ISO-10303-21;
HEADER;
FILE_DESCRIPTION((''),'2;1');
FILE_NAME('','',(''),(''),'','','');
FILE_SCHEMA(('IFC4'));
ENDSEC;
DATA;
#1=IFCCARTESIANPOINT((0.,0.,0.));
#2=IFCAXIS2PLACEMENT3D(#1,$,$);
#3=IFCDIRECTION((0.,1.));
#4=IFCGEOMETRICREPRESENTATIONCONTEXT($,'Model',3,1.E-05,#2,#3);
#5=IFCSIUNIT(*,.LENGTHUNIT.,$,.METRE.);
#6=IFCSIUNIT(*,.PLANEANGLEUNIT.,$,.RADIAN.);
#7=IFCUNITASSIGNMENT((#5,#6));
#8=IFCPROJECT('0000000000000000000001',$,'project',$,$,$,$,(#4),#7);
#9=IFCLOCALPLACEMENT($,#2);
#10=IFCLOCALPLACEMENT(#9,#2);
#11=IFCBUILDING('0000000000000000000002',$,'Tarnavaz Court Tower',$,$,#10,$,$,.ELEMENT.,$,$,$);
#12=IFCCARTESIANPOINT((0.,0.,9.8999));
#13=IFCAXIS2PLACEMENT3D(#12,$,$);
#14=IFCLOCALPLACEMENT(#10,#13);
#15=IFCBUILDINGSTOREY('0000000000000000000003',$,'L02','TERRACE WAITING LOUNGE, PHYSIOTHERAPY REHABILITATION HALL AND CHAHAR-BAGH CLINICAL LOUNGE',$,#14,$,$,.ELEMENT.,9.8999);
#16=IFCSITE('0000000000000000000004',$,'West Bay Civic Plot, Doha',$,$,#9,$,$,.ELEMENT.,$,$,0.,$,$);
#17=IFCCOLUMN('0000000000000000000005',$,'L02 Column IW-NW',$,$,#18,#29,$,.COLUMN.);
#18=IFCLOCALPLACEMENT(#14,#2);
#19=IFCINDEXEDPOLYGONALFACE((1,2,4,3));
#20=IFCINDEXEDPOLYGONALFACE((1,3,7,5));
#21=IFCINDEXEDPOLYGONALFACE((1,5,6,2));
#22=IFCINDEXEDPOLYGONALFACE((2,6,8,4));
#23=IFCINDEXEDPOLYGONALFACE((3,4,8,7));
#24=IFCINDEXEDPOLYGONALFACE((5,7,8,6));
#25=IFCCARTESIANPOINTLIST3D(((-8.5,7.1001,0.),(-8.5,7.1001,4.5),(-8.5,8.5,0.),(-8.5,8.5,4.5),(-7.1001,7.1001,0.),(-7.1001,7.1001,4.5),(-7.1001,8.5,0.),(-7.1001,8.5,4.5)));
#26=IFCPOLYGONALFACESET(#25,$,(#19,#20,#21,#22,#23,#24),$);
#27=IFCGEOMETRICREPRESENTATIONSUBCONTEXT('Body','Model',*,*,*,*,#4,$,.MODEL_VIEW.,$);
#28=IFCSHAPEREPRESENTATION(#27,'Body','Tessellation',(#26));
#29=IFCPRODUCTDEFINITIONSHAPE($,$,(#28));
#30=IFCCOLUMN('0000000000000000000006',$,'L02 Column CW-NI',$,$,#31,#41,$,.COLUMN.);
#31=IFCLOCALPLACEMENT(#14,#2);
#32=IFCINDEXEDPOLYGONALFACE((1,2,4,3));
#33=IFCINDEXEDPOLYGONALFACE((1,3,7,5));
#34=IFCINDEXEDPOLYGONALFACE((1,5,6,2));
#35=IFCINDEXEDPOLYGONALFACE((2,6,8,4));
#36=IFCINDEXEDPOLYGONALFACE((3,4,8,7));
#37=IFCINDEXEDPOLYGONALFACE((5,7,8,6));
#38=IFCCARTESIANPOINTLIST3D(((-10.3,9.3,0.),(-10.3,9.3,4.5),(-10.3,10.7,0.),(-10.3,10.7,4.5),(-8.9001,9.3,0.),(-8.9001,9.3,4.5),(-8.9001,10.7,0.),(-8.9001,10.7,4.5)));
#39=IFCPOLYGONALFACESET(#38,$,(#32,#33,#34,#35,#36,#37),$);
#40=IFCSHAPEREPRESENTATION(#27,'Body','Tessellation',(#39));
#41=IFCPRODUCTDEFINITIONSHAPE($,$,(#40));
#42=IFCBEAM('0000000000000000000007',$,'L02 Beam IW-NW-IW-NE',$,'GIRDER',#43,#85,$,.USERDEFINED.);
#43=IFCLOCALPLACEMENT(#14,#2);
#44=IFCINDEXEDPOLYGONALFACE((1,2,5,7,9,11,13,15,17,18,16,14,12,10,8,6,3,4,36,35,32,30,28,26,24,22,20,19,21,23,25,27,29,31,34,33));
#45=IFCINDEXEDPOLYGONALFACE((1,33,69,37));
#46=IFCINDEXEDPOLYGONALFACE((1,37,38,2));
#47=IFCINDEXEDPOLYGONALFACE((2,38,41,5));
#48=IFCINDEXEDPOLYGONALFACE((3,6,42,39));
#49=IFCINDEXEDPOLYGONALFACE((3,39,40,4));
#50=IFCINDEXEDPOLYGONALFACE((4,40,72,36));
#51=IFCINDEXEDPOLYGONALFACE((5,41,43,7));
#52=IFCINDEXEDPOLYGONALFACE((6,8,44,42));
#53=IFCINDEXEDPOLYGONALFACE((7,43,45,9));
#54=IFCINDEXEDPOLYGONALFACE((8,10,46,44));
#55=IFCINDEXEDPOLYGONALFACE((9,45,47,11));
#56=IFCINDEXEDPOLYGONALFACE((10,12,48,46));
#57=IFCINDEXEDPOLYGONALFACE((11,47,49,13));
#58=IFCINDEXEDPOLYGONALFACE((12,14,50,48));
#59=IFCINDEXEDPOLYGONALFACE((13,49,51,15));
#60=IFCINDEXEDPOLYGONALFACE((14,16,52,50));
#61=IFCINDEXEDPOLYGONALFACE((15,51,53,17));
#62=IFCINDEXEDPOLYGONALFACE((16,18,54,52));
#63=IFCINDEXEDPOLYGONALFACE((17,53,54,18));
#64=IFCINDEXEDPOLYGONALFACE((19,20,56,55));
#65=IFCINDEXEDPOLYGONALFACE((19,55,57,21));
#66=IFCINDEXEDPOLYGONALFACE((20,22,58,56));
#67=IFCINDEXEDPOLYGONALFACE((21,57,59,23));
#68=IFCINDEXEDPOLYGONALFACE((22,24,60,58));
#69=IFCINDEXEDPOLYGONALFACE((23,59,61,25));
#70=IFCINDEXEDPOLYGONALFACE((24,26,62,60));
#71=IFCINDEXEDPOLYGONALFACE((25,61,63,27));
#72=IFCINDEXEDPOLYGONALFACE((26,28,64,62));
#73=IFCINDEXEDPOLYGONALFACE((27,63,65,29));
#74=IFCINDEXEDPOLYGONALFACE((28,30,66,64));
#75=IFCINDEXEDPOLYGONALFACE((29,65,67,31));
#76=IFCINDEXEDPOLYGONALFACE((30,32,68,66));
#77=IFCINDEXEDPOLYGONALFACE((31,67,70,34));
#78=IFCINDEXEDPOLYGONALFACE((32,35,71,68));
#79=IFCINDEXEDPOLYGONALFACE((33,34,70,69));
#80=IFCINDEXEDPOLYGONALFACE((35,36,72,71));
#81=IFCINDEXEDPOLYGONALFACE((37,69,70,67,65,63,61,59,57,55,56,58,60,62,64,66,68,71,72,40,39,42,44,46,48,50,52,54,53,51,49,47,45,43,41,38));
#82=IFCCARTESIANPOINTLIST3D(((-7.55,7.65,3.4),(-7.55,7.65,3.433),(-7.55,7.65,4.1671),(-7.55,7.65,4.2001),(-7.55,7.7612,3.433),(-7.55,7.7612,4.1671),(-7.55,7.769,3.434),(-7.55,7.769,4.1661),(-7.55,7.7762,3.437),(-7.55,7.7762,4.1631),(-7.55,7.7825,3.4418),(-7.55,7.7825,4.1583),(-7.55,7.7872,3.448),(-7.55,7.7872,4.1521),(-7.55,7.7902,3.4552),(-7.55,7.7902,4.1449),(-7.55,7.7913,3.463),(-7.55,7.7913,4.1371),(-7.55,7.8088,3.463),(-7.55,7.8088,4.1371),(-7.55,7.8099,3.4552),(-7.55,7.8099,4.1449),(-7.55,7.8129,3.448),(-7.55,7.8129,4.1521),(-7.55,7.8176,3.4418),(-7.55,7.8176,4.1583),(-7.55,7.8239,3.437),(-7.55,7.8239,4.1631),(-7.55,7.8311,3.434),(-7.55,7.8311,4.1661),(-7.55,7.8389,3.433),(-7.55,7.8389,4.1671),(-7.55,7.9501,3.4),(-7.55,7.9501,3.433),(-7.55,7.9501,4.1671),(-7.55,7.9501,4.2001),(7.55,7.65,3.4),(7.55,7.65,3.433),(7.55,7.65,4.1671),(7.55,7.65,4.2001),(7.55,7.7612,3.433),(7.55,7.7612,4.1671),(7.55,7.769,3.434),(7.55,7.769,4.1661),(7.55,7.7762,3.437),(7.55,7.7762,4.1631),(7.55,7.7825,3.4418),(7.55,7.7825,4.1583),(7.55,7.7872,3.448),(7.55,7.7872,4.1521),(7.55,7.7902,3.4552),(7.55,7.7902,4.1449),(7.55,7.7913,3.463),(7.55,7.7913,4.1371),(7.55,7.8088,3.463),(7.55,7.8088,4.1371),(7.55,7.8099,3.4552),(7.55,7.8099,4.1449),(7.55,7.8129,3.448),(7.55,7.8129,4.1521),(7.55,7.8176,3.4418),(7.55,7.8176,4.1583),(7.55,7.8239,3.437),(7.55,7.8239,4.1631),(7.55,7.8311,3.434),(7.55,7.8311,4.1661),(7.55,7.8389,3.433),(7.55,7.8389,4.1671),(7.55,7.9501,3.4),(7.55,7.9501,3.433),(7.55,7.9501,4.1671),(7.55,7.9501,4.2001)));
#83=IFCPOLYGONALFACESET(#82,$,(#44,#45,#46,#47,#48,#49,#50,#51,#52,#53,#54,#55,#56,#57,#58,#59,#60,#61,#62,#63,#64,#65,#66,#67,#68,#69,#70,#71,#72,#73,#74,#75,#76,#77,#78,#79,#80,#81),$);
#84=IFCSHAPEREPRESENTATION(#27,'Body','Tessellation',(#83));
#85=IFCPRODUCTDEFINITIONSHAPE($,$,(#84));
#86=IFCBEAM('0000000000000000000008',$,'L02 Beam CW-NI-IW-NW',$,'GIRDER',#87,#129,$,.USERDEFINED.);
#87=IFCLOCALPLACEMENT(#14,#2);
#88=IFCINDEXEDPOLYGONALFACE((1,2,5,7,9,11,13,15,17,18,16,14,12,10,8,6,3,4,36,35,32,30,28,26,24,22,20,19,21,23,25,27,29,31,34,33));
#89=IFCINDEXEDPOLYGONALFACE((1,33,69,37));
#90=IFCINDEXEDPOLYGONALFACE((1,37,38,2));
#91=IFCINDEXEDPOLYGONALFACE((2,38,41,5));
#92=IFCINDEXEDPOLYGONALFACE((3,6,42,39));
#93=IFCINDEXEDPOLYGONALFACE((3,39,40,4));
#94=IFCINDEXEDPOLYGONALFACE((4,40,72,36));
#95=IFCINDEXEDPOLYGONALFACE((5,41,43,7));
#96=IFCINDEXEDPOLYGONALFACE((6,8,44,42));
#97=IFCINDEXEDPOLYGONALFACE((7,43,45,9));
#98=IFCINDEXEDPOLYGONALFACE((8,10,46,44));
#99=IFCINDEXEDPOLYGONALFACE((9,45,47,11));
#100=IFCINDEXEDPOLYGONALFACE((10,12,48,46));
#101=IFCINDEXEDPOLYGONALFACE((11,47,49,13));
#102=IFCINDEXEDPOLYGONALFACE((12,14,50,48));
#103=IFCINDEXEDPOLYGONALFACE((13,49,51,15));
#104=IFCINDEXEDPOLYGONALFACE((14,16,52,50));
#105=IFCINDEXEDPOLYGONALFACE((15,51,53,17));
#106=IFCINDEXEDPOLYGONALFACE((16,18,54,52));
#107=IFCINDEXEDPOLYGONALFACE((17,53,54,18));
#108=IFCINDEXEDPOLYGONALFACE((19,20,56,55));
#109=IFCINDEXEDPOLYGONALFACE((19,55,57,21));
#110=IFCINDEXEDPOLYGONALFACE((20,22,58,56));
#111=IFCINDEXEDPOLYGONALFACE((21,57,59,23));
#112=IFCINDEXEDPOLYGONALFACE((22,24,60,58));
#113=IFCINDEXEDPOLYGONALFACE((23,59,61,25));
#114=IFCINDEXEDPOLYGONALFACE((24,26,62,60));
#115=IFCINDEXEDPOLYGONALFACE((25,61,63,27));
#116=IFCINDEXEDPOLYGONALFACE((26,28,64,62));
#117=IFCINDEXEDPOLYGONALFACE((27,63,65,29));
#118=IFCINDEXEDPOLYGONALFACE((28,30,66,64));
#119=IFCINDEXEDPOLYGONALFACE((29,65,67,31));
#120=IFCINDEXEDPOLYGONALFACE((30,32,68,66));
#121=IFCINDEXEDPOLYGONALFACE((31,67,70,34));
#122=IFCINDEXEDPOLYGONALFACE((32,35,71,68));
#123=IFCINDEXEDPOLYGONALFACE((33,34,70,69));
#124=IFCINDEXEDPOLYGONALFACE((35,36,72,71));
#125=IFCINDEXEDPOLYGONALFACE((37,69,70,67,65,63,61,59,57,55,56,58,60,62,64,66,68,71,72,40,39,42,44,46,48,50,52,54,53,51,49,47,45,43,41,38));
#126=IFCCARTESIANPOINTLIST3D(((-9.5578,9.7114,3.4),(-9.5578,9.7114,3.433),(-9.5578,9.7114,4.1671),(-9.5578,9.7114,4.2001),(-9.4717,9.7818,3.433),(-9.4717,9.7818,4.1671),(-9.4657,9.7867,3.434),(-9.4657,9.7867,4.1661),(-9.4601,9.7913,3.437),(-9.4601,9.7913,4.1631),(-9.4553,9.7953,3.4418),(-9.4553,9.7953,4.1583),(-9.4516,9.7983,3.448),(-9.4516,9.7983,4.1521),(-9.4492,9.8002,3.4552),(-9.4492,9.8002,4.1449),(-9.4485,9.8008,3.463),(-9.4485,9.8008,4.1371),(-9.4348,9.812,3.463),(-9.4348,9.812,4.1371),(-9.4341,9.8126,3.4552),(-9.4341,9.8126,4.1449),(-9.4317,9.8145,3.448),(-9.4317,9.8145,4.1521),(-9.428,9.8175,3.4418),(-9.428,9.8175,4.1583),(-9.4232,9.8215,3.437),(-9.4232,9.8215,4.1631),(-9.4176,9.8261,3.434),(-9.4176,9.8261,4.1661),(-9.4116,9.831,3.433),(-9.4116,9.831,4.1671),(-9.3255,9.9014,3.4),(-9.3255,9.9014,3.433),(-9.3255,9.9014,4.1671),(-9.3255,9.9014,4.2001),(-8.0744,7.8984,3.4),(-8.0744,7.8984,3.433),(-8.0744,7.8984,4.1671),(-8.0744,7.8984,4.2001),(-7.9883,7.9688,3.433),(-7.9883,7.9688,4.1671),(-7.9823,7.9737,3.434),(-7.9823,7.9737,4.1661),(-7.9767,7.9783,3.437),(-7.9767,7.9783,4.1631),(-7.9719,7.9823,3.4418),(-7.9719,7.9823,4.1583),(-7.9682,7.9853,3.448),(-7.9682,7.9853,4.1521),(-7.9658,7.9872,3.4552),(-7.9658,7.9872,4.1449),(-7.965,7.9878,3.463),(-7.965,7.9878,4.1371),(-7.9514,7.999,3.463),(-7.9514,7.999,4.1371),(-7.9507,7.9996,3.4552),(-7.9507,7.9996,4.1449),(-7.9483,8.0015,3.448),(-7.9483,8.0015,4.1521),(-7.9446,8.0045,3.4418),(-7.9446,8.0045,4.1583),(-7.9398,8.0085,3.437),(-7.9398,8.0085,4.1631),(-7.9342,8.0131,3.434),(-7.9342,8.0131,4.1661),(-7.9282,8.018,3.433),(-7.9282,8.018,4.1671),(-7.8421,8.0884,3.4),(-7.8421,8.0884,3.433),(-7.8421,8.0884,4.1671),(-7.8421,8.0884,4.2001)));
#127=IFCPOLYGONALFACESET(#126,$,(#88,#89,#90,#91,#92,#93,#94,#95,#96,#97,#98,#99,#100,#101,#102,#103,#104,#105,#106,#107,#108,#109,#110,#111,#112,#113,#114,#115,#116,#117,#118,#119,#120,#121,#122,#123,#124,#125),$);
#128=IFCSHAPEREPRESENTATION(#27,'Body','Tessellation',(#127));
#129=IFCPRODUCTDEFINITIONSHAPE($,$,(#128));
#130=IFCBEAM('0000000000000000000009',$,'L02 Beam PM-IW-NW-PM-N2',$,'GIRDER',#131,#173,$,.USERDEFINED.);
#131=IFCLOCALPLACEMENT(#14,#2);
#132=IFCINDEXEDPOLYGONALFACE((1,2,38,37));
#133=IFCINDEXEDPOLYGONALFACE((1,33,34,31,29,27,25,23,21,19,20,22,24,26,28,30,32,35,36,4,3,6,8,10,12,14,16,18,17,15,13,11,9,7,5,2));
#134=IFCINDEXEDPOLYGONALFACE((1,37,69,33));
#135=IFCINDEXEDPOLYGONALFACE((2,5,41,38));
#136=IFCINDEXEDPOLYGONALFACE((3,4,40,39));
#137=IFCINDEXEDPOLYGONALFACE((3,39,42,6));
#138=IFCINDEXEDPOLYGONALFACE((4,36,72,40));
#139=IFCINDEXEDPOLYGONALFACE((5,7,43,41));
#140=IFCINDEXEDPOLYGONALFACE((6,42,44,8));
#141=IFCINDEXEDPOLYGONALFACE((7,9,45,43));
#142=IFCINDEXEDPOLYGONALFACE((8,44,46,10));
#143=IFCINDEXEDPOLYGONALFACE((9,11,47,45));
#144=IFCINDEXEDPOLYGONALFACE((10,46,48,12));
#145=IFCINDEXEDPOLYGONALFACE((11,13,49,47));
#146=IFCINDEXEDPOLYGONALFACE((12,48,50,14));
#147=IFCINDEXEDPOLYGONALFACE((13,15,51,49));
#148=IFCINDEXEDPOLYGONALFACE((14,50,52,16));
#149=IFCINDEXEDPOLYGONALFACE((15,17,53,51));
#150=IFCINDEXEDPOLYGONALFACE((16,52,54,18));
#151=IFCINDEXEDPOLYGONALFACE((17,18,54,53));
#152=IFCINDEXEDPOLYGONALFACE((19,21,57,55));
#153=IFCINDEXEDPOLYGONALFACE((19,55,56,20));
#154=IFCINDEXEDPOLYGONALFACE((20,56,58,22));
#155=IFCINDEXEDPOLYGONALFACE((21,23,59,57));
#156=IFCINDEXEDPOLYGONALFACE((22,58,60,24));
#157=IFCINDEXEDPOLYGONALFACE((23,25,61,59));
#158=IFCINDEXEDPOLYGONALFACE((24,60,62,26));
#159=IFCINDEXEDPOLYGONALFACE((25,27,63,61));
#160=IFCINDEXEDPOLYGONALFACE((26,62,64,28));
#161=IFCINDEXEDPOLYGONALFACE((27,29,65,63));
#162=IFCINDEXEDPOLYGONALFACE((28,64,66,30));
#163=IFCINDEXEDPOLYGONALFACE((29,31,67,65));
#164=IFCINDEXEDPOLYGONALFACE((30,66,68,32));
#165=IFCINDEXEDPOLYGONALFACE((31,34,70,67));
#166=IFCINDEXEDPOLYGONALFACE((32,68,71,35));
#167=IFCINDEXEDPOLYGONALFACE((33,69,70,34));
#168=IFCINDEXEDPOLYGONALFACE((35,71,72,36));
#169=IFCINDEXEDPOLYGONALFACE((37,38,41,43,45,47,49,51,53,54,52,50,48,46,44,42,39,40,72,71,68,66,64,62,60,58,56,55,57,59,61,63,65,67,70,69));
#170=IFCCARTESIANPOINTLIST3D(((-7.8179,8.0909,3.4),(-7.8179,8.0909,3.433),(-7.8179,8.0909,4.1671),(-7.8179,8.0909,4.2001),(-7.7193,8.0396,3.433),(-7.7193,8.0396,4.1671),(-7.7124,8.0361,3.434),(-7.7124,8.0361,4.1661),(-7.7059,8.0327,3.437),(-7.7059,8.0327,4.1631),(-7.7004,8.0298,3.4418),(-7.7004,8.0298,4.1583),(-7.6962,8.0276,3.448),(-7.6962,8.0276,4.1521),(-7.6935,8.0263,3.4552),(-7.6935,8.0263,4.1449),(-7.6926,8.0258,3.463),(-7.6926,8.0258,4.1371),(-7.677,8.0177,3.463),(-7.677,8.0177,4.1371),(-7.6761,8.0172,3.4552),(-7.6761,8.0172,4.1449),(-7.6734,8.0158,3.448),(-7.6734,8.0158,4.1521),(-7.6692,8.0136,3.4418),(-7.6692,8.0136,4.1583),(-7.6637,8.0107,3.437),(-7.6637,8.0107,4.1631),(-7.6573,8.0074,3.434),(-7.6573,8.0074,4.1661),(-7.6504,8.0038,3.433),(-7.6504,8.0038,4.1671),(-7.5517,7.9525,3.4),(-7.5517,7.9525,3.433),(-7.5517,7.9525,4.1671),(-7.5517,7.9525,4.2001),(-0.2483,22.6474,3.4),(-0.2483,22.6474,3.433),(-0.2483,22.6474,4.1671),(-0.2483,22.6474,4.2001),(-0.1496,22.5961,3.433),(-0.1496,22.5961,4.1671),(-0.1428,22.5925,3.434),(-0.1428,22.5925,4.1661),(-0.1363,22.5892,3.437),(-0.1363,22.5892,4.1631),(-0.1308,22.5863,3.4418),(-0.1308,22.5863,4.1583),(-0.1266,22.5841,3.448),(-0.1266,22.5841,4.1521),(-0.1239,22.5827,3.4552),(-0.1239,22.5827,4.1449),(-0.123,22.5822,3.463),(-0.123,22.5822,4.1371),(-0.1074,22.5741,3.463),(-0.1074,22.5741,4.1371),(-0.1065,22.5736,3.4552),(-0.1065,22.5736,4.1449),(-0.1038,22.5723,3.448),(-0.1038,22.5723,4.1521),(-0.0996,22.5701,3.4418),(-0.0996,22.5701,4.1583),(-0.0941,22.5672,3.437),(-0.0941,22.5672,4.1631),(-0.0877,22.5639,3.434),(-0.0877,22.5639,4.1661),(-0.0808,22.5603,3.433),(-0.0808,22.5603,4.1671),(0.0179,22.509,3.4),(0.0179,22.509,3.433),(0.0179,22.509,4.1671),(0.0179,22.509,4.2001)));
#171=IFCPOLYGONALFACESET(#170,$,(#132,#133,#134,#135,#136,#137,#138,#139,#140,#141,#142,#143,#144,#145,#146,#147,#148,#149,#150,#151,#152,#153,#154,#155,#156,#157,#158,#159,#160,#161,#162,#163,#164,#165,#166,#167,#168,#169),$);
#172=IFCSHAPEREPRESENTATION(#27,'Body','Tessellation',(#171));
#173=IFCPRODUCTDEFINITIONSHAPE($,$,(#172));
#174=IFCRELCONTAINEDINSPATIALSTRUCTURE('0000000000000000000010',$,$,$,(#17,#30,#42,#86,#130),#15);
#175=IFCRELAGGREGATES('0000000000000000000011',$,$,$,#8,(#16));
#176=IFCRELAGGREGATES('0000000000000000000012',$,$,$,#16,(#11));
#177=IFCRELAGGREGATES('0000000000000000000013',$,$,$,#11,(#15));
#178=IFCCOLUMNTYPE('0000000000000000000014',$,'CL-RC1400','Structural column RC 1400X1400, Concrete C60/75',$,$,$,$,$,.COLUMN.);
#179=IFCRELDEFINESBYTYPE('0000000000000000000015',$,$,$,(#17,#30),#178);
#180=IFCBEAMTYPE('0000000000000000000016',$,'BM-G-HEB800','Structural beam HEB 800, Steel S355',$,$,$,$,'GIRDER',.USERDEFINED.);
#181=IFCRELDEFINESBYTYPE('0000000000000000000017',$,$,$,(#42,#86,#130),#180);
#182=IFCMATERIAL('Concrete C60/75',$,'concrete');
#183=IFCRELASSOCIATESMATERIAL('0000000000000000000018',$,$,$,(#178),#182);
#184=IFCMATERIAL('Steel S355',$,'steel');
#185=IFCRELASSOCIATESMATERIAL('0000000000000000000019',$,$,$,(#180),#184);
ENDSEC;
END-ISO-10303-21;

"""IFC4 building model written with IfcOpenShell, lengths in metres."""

from ifc_helpers import new_model, si_unit, direction, frame, origin, origin_2d, place, context, subcontext, project, spatial, rectangle, i_section, extrude, material, material_profile, profile_set, type_object, element, save


model = new_model("IFC4")

# Units and contexts
model_context = context("Model", 3, precision=1e-05, world=origin(), true_north=direction((0.0, 1.0)))
body_context = subcontext(model_context, "Body", "Model", "MODEL_VIEW")
ifc_project = project(units=[si_unit("LENGTHUNIT", "METRE"), si_unit("PLANEANGLEUNIT", "RADIAN")], contexts=[model_context])

# Site, building, storey
site_placement = place(None, origin())
site = spatial("IfcSite", under=ifc_project, at=site_placement, Name="West Bay Civic Plot, Doha", CompositionType="ELEMENT", RefElevation=0.0)
building_placement = place(site_placement, origin())
building = spatial("IfcBuilding", under=site, at=building_placement, Name="Tarnavaz Court Tower", CompositionType="ELEMENT")
storey_placement = place(building_placement, frame((0.0, 0.0, 9.8999)))
storey = spatial("IfcBuildingStorey", under=building, at=storey_placement, Name="L02", Description="TERRACE WAITING LOUNGE, PHYSIOTHERAPY REHABILITATION HALL AND CHAHAR-BAGH CLINICAL LOUNGE", CompositionType="ELEMENT", Elevation=9.8999)

# Columns
ifc_material_1 = material(Name="Concrete C60/75", Category="concrete")
ifc_material_profile_1 = material_profile(ifc_material_1, rectangle(XDim=1.3999, YDim=1.3999, at=origin_2d()), Name="RC 1400X1400")
ifc_profile_set_1 = profile_set([ifc_material_profile_1], Name="Concrete C60/75")
column_type = type_object("IfcColumnType", Name="CL-RC1400", Description="Structural column RC 1400X1400, Concrete C60/75", PredefinedType="COLUMN", material=ifc_profile_set_1)
for number, where, z_axis, x_axis, name in (
    (1, (-7.8, 7.8, 0.0), (0.0, 0.0, 1.0), (1.0, 0.0, 0.0), "L02 Column IW-NW"),
    (2, (-9.6001, 10.0, 0.0), (0.0, 0.0, 1.0), (1.0, 0.0, 0.0), "L02 Column CW-NI"),
):
    element("IfcColumn", number, at=place(storey_placement, frame(where, z_axis=z_axis, x_axis=x_axis)), inside=storey, type_object=column_type, Name=name, PredefinedType="COLUMN", context=body_context, shape_type="SweptSolid", body=[
        extrude(rectangle(XDim=1.3999, YDim=1.3999, at=origin_2d()), origin(), (0.0, 0.0, 1.0), 4.5),
    ])

# Beams
ifc_material_2 = material(Name="Steel S355", Category="steel")
ifc_material_profile_2 = material_profile(ifc_material_2, i_section(OverallWidth=0.3, OverallDepth=0.8, WebThickness=0.0176, FlangeThickness=0.033, FilletRadius=0.03, at=origin_2d()), Name="HEB 800")
ifc_profile_set_2 = profile_set([ifc_material_profile_2], Name="Steel S355")
beam_type = type_object("IfcBeamType", Name="BM-G-HEB800", Description="Structural beam HEB 800, Steel S355", ElementType="GIRDER", PredefinedType="USERDEFINED", material=ifc_profile_set_2)
beam_1_placement = place(storey_placement, frame((-7.55, 7.8, 3.8), z_axis=(1.0, 0.0, 0.0), x_axis=(0.0, 1.0, 0.0)))
element("IfcBeam", 3, at=beam_1_placement, inside=storey, type_object=beam_type, Name="L02 Beam IW-NW-IW-NE", ObjectType="GIRDER", PredefinedType="USERDEFINED", context=body_context, shape_type="SweptSolid", body=[
    extrude(i_section(OverallWidth=0.3, OverallDepth=0.8, WebThickness=0.0176, FlangeThickness=0.033, FilletRadius=0.03, at=origin_2d()), origin(), (0.0, 0.0, 1.0), 15.1001),
])
beam_2_placement = place(storey_placement, frame((-9.4417, 9.8064, 3.8), z_axis=(0.633249, -0.773948, 0.0), x_axis=(0.773948, 0.633249, 0.0)))
element("IfcBeam", 4, at=beam_2_placement, inside=storey, type_object=beam_type, Name="L02 Beam CW-NI-IW-NW", ObjectType="GIRDER", PredefinedType="USERDEFINED", context=body_context, shape_type="SweptSolid", body=[
    extrude(i_section(OverallWidth=0.3, OverallDepth=0.8, WebThickness=0.0176, FlangeThickness=0.033, FilletRadius=0.03, at=origin_2d()), origin(), (0.0, 0.0, 1.0), 2.3425),
])
beam_3_placement = place(storey_placement, frame((-7.6848, 8.0217, 3.8), z_axis=(0.461365, 0.88721, 0.0), x_axis=(-0.88721, 0.461365, 0.0)))
element("IfcBeam", 5, at=beam_3_placement, inside=storey, type_object=beam_type, Name="L02 Beam PM-IW-NW-PM-N2", ObjectType="GIRDER", PredefinedType="USERDEFINED", context=body_context, shape_type="SweptSolid", body=[
    extrude(i_section(OverallWidth=0.3, OverallDepth=0.8, WebThickness=0.0176, FlangeThickness=0.033, FilletRadius=0.03, at=origin_2d()), origin(), (0.0, 0.0, 1.0), 16.407),
])

save(model, "model.ifc")
